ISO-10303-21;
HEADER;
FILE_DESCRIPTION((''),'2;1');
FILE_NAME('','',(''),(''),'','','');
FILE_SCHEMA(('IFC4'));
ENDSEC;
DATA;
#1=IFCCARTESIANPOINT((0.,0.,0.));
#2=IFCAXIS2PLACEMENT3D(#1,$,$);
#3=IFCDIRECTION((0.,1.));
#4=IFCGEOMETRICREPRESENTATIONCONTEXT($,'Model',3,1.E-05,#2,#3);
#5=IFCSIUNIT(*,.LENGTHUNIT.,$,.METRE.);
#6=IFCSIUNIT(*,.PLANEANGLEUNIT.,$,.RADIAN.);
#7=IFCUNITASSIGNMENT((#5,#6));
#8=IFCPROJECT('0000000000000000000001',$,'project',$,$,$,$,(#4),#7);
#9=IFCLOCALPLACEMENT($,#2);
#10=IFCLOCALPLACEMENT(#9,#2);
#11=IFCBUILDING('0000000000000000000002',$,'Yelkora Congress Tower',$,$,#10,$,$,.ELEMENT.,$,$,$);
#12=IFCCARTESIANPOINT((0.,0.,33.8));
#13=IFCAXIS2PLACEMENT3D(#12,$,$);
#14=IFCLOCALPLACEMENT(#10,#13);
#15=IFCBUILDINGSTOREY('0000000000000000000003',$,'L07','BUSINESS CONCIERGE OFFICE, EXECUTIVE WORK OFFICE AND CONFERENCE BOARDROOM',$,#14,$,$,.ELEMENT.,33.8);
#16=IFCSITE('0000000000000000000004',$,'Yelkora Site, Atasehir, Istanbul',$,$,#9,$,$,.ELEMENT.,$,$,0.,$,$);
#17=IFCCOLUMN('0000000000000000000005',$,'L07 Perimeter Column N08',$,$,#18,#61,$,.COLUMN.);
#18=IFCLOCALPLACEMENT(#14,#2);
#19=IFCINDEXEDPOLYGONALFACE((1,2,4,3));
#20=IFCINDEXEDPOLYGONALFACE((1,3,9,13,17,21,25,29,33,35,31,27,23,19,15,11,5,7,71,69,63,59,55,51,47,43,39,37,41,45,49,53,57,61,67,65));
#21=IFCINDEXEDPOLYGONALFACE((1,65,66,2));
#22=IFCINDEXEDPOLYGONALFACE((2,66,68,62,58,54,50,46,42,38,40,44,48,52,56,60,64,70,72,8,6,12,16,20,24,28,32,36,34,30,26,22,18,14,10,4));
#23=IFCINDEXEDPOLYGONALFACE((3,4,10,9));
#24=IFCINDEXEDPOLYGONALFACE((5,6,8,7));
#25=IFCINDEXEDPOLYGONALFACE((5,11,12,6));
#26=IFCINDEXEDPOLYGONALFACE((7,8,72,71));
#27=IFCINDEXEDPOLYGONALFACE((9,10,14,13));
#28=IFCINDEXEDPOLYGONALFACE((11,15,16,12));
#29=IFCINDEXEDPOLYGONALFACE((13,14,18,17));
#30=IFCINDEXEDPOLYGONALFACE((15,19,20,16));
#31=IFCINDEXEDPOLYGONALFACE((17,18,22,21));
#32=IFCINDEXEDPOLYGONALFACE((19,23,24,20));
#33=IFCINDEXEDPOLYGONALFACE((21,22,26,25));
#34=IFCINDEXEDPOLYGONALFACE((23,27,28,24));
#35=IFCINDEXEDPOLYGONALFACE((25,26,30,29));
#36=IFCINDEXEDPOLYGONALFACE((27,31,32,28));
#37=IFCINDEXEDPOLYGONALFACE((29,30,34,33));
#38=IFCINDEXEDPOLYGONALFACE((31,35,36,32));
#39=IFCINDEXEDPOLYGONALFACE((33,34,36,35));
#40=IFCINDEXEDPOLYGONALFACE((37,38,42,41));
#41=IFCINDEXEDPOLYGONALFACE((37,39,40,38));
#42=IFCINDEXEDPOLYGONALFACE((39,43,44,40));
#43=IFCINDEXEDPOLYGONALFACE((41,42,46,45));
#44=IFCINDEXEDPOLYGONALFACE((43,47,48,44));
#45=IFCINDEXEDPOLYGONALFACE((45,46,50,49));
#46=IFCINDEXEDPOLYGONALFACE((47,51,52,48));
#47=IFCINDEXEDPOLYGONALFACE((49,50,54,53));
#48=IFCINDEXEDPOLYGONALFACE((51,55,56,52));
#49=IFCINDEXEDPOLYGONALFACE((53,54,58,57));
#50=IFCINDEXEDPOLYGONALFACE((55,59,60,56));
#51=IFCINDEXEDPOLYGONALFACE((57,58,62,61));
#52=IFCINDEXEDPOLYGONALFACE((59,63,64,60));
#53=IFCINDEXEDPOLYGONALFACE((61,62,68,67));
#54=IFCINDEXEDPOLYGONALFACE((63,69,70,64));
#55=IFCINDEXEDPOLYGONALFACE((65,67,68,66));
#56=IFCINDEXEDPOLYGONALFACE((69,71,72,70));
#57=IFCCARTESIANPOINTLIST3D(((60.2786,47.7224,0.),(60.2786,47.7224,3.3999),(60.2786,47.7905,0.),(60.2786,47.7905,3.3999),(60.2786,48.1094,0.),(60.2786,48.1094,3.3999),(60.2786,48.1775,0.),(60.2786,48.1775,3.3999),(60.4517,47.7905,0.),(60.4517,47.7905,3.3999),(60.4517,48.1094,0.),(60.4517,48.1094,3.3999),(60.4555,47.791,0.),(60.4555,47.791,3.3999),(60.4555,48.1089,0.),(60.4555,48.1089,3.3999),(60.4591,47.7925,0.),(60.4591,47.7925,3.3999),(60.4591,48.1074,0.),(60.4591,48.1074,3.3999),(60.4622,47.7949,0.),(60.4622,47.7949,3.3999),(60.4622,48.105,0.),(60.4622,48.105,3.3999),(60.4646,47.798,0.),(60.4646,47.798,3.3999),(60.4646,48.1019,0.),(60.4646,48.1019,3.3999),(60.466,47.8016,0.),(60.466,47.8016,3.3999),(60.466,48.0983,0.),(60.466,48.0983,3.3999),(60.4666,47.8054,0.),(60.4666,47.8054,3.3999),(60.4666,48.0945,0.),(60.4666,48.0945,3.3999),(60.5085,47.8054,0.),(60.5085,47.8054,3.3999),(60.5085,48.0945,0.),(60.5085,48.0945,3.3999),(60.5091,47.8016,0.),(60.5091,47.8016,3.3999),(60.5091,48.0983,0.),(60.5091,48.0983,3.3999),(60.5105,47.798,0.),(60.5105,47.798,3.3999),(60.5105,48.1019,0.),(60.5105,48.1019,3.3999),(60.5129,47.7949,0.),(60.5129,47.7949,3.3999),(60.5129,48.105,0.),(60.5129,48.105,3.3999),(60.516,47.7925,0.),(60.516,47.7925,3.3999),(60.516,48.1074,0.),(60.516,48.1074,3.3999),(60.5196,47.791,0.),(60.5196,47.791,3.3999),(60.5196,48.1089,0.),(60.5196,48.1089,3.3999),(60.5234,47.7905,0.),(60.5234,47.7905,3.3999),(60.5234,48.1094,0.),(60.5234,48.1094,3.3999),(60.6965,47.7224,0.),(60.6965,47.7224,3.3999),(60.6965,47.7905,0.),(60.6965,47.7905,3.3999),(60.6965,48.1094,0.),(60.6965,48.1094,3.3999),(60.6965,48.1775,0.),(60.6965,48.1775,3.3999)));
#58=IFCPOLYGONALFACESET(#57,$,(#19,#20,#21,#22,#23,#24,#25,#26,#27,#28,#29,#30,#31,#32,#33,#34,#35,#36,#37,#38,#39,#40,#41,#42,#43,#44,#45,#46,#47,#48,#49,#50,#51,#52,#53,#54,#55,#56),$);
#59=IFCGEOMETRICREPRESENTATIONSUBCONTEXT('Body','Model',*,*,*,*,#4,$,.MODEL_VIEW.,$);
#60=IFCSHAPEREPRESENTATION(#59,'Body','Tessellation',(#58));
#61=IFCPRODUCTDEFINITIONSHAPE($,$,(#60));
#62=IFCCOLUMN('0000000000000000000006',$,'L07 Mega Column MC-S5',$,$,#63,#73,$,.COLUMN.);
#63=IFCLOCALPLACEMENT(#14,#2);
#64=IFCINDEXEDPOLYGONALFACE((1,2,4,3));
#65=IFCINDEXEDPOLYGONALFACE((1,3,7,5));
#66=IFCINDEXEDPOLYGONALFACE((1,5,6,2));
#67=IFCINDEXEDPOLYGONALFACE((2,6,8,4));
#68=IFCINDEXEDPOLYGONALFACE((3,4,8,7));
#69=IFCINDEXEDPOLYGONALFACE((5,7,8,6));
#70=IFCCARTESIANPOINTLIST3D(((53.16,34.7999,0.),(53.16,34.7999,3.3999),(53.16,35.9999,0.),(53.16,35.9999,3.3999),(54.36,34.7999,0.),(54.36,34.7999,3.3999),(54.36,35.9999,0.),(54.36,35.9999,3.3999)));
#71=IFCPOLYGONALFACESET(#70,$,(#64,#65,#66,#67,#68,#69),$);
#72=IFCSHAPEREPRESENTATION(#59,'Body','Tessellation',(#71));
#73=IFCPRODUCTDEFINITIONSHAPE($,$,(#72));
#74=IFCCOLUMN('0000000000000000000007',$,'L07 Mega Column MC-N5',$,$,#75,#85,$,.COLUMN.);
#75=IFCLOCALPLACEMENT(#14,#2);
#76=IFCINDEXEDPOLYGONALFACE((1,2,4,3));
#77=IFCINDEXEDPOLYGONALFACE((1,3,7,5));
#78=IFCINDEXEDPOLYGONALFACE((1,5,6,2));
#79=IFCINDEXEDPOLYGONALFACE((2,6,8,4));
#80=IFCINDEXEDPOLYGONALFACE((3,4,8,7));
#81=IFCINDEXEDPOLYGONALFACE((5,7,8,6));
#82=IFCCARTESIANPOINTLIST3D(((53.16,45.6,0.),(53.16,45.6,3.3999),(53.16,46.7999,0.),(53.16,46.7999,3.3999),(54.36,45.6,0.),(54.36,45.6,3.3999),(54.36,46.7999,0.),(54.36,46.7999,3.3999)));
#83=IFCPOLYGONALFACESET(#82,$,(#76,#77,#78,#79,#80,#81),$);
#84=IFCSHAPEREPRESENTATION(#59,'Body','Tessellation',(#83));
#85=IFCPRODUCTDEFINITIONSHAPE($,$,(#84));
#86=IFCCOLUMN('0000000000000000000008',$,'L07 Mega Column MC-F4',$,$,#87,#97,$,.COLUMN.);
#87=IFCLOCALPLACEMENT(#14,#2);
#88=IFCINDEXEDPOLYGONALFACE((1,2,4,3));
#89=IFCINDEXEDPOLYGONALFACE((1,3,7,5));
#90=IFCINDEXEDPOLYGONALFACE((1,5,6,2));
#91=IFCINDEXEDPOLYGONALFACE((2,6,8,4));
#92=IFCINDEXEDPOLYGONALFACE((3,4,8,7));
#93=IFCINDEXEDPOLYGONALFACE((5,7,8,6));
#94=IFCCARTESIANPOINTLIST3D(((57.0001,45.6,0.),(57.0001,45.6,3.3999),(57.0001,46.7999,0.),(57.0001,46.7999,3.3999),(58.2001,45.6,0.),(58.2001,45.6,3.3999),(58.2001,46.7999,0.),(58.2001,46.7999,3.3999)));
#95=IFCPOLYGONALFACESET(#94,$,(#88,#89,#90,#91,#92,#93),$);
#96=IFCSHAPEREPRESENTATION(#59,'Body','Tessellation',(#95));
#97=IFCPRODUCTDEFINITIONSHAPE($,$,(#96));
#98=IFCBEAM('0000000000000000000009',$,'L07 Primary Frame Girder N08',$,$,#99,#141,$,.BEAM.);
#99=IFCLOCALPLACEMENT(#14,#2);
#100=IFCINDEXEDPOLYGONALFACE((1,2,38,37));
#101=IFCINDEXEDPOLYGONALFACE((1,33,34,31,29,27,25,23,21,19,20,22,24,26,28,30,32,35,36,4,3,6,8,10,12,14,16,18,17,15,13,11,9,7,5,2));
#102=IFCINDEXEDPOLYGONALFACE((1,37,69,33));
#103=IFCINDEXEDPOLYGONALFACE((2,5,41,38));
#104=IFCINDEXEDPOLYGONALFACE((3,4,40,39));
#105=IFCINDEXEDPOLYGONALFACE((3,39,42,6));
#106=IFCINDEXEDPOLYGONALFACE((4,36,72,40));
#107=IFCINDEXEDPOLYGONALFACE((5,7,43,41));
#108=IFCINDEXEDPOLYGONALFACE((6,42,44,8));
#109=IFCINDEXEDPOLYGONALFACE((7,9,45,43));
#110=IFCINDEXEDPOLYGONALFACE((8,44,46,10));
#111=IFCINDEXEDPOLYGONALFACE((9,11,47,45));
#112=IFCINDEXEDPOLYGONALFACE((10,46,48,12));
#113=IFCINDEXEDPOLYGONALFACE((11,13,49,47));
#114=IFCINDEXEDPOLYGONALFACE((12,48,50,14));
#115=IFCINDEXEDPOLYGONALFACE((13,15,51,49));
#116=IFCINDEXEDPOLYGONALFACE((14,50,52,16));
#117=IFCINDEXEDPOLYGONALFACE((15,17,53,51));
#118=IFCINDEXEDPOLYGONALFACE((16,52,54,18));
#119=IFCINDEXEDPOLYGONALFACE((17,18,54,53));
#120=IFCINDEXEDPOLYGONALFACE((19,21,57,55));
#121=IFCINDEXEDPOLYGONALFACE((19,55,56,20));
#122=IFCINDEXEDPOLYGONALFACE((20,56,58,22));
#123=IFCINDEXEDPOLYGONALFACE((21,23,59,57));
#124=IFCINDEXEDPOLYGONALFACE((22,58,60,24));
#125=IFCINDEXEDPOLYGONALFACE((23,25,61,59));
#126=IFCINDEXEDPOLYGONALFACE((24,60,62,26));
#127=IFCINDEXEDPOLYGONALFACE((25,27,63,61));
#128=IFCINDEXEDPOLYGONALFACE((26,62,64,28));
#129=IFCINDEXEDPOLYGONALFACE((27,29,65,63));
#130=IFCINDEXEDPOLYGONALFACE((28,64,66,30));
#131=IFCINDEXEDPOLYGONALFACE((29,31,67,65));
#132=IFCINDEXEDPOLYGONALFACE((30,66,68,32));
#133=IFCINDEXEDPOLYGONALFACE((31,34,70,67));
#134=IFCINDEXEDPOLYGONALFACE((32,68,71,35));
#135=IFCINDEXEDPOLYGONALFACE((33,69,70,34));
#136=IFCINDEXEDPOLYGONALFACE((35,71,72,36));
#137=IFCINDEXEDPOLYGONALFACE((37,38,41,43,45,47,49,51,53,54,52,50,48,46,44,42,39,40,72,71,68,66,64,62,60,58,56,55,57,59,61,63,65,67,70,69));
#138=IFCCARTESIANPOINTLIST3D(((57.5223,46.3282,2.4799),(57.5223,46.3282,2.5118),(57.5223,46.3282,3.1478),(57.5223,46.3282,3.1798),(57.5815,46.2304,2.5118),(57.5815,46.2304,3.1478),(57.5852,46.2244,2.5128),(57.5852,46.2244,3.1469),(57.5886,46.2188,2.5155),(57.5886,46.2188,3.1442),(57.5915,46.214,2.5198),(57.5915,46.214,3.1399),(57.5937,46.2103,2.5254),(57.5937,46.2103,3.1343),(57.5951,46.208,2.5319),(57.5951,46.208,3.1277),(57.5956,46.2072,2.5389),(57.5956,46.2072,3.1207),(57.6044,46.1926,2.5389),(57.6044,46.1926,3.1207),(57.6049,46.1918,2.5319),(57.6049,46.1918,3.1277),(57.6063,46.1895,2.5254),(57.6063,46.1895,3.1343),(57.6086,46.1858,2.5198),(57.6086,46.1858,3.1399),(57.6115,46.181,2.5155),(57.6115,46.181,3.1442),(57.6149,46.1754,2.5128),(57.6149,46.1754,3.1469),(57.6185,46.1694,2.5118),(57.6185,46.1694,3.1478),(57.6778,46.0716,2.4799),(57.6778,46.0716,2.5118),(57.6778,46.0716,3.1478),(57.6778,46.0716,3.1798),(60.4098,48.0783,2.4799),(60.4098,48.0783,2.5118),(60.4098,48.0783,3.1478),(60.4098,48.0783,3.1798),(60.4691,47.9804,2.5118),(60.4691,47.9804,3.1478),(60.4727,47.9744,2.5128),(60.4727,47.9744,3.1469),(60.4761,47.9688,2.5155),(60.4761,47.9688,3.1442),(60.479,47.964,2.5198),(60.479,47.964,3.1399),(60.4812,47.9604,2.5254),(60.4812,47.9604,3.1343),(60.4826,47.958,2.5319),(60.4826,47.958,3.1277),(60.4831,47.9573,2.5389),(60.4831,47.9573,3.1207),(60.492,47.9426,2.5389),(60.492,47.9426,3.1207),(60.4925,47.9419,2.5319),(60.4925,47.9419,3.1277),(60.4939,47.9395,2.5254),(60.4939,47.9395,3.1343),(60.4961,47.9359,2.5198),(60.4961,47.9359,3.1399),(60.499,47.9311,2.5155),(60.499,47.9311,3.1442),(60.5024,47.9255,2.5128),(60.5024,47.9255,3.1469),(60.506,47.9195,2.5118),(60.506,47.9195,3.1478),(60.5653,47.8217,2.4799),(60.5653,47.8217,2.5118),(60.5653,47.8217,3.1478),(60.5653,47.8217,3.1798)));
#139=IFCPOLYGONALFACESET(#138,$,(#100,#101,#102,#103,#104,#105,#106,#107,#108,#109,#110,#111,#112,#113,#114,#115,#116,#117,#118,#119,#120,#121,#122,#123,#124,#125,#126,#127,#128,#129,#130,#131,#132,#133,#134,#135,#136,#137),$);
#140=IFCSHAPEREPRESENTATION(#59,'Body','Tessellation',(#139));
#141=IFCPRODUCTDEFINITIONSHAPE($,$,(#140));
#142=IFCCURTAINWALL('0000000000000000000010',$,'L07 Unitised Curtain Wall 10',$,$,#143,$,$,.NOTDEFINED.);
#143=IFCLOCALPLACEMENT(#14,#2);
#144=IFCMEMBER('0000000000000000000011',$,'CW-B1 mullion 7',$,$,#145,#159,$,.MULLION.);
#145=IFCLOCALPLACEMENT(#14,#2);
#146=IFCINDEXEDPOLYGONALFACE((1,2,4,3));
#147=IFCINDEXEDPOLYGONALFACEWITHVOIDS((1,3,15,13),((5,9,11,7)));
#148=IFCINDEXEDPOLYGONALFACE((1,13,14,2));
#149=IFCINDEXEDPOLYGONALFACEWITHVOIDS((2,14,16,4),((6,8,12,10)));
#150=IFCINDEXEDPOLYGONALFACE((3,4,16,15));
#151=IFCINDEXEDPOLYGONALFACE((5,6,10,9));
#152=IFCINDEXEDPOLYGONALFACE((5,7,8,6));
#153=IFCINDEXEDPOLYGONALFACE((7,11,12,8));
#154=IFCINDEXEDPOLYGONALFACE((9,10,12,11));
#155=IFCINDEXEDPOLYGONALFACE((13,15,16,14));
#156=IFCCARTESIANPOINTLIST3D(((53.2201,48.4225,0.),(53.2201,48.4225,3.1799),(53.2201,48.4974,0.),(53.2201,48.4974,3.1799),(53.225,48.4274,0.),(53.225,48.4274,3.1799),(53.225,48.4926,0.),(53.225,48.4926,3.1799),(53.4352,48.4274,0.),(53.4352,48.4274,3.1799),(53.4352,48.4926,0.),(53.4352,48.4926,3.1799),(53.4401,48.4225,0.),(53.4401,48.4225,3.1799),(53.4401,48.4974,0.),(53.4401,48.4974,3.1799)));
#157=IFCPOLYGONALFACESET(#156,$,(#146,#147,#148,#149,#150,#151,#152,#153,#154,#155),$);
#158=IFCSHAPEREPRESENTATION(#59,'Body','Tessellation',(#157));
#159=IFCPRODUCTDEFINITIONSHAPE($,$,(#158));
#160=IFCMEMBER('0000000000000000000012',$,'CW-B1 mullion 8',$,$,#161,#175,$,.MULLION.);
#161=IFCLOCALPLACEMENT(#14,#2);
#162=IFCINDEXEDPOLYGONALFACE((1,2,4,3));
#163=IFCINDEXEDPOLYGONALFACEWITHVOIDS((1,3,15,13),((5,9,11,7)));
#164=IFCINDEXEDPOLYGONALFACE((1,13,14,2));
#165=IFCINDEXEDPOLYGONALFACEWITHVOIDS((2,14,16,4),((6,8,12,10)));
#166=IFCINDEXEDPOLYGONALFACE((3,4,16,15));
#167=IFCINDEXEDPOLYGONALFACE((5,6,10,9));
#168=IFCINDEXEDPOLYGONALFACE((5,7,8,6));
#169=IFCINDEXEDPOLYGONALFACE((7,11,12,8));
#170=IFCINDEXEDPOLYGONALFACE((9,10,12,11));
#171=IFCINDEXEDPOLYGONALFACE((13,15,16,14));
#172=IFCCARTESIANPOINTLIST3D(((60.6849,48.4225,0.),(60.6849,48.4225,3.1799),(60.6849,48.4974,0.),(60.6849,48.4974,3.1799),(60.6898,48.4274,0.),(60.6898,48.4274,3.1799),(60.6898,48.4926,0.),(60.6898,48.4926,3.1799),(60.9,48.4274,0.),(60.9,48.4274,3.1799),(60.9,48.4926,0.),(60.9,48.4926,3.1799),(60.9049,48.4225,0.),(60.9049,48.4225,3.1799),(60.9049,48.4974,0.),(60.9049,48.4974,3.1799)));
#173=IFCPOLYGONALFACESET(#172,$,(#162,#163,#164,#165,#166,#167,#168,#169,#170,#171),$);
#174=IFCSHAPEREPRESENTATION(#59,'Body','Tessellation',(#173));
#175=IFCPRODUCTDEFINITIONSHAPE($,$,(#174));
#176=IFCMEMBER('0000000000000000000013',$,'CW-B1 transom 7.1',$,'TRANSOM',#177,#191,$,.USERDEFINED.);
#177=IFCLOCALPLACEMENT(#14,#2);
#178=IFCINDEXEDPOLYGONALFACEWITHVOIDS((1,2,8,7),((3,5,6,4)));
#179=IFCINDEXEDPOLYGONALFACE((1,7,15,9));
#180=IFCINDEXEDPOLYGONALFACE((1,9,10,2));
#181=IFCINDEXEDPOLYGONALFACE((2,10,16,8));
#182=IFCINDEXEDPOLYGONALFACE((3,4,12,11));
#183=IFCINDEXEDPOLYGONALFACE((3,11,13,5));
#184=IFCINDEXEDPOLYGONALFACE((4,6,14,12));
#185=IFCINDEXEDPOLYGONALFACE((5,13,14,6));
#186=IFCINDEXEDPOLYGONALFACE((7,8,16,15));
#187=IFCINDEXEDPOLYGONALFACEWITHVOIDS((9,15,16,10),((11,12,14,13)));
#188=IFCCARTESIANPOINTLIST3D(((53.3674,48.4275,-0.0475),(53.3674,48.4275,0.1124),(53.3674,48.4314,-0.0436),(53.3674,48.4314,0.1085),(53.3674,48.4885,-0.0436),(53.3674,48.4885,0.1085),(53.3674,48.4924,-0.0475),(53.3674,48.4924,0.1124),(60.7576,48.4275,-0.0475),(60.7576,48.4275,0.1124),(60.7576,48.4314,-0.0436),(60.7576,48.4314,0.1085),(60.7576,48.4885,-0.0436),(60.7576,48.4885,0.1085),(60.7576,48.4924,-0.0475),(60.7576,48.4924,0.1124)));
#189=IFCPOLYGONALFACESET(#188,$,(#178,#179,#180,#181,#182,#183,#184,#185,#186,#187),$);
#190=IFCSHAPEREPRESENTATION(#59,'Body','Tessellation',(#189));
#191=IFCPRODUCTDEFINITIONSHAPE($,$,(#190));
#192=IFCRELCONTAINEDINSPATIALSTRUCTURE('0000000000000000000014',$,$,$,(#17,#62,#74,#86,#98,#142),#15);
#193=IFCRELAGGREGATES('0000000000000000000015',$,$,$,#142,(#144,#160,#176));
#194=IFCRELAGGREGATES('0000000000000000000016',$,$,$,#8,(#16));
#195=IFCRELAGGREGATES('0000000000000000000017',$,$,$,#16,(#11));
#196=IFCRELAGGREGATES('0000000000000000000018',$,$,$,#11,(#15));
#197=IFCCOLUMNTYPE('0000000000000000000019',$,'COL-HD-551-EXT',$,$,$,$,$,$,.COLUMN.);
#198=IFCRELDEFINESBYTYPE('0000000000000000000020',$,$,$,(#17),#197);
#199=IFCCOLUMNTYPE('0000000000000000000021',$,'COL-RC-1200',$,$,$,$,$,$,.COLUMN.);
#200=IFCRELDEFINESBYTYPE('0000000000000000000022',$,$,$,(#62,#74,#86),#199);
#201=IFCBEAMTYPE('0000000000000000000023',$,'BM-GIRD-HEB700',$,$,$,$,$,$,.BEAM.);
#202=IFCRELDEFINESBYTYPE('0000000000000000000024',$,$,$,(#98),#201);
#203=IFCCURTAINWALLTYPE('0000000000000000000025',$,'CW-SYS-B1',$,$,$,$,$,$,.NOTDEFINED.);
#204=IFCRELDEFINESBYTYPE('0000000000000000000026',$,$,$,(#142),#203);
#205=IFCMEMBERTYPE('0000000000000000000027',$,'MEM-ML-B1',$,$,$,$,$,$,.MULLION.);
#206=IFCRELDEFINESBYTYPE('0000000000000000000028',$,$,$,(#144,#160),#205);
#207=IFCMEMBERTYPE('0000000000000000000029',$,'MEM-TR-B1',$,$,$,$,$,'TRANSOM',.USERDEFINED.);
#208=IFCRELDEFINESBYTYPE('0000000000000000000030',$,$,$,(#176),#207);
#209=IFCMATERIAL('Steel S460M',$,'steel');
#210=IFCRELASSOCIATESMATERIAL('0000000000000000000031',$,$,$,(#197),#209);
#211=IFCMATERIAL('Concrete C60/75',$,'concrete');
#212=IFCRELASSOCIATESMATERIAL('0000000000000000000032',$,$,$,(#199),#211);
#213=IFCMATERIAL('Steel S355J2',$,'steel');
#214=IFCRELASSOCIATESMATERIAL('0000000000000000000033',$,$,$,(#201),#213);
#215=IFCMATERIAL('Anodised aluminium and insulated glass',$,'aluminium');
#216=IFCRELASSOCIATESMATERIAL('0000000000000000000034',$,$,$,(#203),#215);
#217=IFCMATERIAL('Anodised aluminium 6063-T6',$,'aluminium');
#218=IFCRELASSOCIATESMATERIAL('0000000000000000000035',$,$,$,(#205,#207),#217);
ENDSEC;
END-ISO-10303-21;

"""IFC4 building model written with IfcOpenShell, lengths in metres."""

from ifc_helpers import new_model, si_unit, direction, frame, origin, origin_2d, place, context, subcontext, project, spatial, rectangle, hollow_rectangle, i_section, extrude, material, material_profile, profile_set, type_object, element, aggregate, save


model = new_model("IFC4")

# Units and contexts
model_context = context("Model", 3, precision=1e-05, world=origin(), true_north=direction((0.0, 1.0)))
body_context = subcontext(model_context, "Body", "Model", "MODEL_VIEW")
ifc_project = project(units=[si_unit("LENGTHUNIT", "METRE"), si_unit("PLANEANGLEUNIT", "RADIAN")], contexts=[model_context])

# Site, building, storey
site_placement = place(None, origin())
site = spatial("IfcSite", under=ifc_project, at=site_placement, Name="Yelkora Site, Atasehir, Istanbul", CompositionType="ELEMENT", RefElevation=0.0)
building_placement = place(site_placement, origin())
building = spatial("IfcBuilding", under=site, at=building_placement, Name="Yelkora Congress Tower", CompositionType="ELEMENT")
storey_placement = place(building_placement, frame((0.0, 0.0, 33.8)))
storey = spatial("IfcBuildingStorey", under=building, at=storey_placement, Name="L07", Description="BUSINESS CONCIERGE OFFICE, EXECUTIVE WORK OFFICE AND CONFERENCE BOARDROOM", CompositionType="ELEMENT", Elevation=33.8)

# Columns
ifc_material_1 = material(Name="Steel S460M", Category="steel")
ifc_material_profile_1 = material_profile(ifc_material_1, i_section(OverallWidth=0.418, OverallDepth=0.4551, WebThickness=0.042, FlangeThickness=0.0681, FilletRadius=0.0149, at=origin_2d()), Name="HD 400x551")
ifc_profile_set_1 = profile_set([ifc_material_profile_1], Name="Steel S460M")
column_type_1 = type_object("IfcColumnType", Name="COL-HD-551-EXT", PredefinedType="COLUMN", material=ifc_profile_set_1)
column_placement = place(storey_placement, frame((60.4875, 47.95, 0.0), z_axis=(0.0, 0.0, 1.0), x_axis=(1.0, 0.0, 0.0)))
element("IfcColumn", 1, at=column_placement, inside=storey, type_object=column_type_1, Name="L07 Perimeter Column N08", PredefinedType="COLUMN", context=body_context, shape_type="SweptSolid", body=[
    extrude(i_section(OverallWidth=0.418, OverallDepth=0.4551, WebThickness=0.042, FlangeThickness=0.0681, FilletRadius=0.0149, at=origin_2d()), origin(), (0.0, 0.0, 1.0), 3.3999),
])
ifc_material_2 = material(Name="Concrete C60/75", Category="concrete")
ifc_material_profile_2 = material_profile(ifc_material_2, rectangle(XDim=1.2, YDim=1.2, at=origin_2d()), Name="RC 1200x1200")
ifc_profile_set_2 = profile_set([ifc_material_profile_2], Name="Concrete C60/75")
column_type_2 = type_object("IfcColumnType", Name="COL-RC-1200", PredefinedType="COLUMN", material=ifc_profile_set_2)
for number, where, z_axis, x_axis, name in (
    (2, (53.76, 35.3999, 0.0), (0.0, 0.0, 1.0), (1.0, 0.0, 0.0), "L07 Mega Column MC-S5"),
    (3, (53.76, 46.2, 0.0), (0.0, 0.0, 1.0), (1.0, 0.0, 0.0), "L07 Mega Column MC-N5"),
    (4, (57.6001, 46.2, 0.0), (0.0, 0.0, 1.0), (1.0, 0.0, 0.0), "L07 Mega Column MC-F4"),
):
    element("IfcColumn", number, at=place(storey_placement, frame(where, z_axis=z_axis, x_axis=x_axis)), inside=storey, type_object=column_type_2, Name=name, PredefinedType="COLUMN", context=body_context, shape_type="SweptSolid", body=[
        extrude(rectangle(XDim=1.2, YDim=1.2, at=origin_2d()), origin(), (0.0, 0.0, 1.0), 3.3999),
    ])

# Beam
ifc_material_3 = material(Name="Steel S355J2", Category="steel")
ifc_material_profile_3 = material_profile(ifc_material_3, i_section(OverallWidth=0.3, OverallDepth=0.7, WebThickness=0.0171, FlangeThickness=0.032, FilletRadius=0.0271, at=origin_2d()), Name="HEB 700")
ifc_profile_set_3 = profile_set([ifc_material_profile_3], Name="Steel S355J2")
beam_type = type_object("IfcBeamType", Name="BM-GIRD-HEB700", PredefinedType="BEAM", material=ifc_profile_set_3)
beam_placement = place(storey_placement, frame((60.4875, 47.95, 2.8298), z_axis=(-0.855194, -0.518308, 0.0), x_axis=(0.518308, -0.855194, 0.0)))
element("IfcBeam", 5, at=beam_placement, inside=storey, type_object=beam_type, Name="L07 Primary Frame Girder N08", PredefinedType="BEAM", context=body_context, shape_type="SweptSolid", body=[
    extrude(i_section(OverallWidth=0.3, OverallDepth=0.7, WebThickness=0.0171, FlangeThickness=0.032, FilletRadius=0.0271, at=origin_2d()), origin(), (0.0, 0.0, 1.0), 3.3765),
])

# Curtain wall, members
ifc_material_4 = material(Name="Anodised aluminium and insulated glass", Category="aluminium")
curtain_wall_type = type_object("IfcCurtainWallType", Name="CW-SYS-B1", PredefinedType="NOTDEFINED", material=ifc_material_4)
curtain_wall_placement = place(storey_placement, origin())
curtain_wall = element("IfcCurtainWall", 6, at=curtain_wall_placement, inside=storey, type_object=curtain_wall_type, Name="L07 Unitised Curtain Wall 10", PredefinedType="NOTDEFINED")
ifc_material_5 = material(Name="Anodised aluminium 6063-T6", Category="aluminium")
ifc_material_profile_4 = material_profile(ifc_material_5, hollow_rectangle(XDim=0.075, YDim=0.22, WallThickness=0.0049, at=origin_2d()), Name="ALU 75x220x5")
ifc_profile_set_4 = profile_set([ifc_material_profile_4], Name="Anodised aluminium 6063-T6")
member_type_1 = type_object("IfcMemberType", Name="MEM-ML-B1", PredefinedType="MULLION", material=ifc_profile_set_4)
member_1_placement = place(storey_placement, frame((53.3301, 48.46, 0.0), z_axis=(0.0, 0.0, 1.0), x_axis=(0.0, 1.0, 0.0)))
member_1 = element("IfcMember", 7, at=member_1_placement, type_object=member_type_1, Name="CW-B1 mullion 7", PredefinedType="MULLION", context=body_context, shape_type="SweptSolid", body=[
    extrude(hollow_rectangle(XDim=0.075, YDim=0.22, WallThickness=0.0049, at=origin_2d()), origin(), (0.0, 0.0, 1.0), 3.1799),
])
member_2_placement = place(storey_placement, frame((60.7949, 48.46, 0.0), z_axis=(0.0, 0.0, 1.0), x_axis=(0.0, 1.0, 0.0)))
member_2 = element("IfcMember", 8, at=member_2_placement, type_object=member_type_1, Name="CW-B1 mullion 8", PredefinedType="MULLION", context=body_context, shape_type="SweptSolid", body=[
    extrude(hollow_rectangle(XDim=0.075, YDim=0.22, WallThickness=0.0049, at=origin_2d()), origin(), (0.0, 0.0, 1.0), 3.1799),
])
ifc_material_profile_5 = material_profile(ifc_material_5, hollow_rectangle(XDim=0.0649, YDim=0.1599, WallThickness=0.0039, at=origin_2d()), Name="ALU 65x160x4")
ifc_profile_set_5 = profile_set([ifc_material_profile_5], Name="Anodised aluminium 6063-T6")
member_type_2 = type_object("IfcMemberType", Name="MEM-TR-B1", ElementType="TRANSOM", PredefinedType="USERDEFINED", material=ifc_profile_set_5)
member_3_placement = place(storey_placement, frame((53.3674, 48.46, 0.0325), z_axis=(1.0, 0.0, 0.0), x_axis=(0.0, 1.0, 0.0)))
member_3 = element("IfcMember", 9, at=member_3_placement, type_object=member_type_2, Name="CW-B1 transom 7.1", ObjectType="TRANSOM", PredefinedType="USERDEFINED", context=body_context, shape_type="SweptSolid", body=[
    extrude(hollow_rectangle(XDim=0.0649, YDim=0.1599, WallThickness=0.0039, at=origin_2d()), origin(), (0.0, 0.0, 1.0), 7.3901),
])
aggregate(curtain_wall, [member_1, member_2, member_3])

save(model, "model.ifc")
